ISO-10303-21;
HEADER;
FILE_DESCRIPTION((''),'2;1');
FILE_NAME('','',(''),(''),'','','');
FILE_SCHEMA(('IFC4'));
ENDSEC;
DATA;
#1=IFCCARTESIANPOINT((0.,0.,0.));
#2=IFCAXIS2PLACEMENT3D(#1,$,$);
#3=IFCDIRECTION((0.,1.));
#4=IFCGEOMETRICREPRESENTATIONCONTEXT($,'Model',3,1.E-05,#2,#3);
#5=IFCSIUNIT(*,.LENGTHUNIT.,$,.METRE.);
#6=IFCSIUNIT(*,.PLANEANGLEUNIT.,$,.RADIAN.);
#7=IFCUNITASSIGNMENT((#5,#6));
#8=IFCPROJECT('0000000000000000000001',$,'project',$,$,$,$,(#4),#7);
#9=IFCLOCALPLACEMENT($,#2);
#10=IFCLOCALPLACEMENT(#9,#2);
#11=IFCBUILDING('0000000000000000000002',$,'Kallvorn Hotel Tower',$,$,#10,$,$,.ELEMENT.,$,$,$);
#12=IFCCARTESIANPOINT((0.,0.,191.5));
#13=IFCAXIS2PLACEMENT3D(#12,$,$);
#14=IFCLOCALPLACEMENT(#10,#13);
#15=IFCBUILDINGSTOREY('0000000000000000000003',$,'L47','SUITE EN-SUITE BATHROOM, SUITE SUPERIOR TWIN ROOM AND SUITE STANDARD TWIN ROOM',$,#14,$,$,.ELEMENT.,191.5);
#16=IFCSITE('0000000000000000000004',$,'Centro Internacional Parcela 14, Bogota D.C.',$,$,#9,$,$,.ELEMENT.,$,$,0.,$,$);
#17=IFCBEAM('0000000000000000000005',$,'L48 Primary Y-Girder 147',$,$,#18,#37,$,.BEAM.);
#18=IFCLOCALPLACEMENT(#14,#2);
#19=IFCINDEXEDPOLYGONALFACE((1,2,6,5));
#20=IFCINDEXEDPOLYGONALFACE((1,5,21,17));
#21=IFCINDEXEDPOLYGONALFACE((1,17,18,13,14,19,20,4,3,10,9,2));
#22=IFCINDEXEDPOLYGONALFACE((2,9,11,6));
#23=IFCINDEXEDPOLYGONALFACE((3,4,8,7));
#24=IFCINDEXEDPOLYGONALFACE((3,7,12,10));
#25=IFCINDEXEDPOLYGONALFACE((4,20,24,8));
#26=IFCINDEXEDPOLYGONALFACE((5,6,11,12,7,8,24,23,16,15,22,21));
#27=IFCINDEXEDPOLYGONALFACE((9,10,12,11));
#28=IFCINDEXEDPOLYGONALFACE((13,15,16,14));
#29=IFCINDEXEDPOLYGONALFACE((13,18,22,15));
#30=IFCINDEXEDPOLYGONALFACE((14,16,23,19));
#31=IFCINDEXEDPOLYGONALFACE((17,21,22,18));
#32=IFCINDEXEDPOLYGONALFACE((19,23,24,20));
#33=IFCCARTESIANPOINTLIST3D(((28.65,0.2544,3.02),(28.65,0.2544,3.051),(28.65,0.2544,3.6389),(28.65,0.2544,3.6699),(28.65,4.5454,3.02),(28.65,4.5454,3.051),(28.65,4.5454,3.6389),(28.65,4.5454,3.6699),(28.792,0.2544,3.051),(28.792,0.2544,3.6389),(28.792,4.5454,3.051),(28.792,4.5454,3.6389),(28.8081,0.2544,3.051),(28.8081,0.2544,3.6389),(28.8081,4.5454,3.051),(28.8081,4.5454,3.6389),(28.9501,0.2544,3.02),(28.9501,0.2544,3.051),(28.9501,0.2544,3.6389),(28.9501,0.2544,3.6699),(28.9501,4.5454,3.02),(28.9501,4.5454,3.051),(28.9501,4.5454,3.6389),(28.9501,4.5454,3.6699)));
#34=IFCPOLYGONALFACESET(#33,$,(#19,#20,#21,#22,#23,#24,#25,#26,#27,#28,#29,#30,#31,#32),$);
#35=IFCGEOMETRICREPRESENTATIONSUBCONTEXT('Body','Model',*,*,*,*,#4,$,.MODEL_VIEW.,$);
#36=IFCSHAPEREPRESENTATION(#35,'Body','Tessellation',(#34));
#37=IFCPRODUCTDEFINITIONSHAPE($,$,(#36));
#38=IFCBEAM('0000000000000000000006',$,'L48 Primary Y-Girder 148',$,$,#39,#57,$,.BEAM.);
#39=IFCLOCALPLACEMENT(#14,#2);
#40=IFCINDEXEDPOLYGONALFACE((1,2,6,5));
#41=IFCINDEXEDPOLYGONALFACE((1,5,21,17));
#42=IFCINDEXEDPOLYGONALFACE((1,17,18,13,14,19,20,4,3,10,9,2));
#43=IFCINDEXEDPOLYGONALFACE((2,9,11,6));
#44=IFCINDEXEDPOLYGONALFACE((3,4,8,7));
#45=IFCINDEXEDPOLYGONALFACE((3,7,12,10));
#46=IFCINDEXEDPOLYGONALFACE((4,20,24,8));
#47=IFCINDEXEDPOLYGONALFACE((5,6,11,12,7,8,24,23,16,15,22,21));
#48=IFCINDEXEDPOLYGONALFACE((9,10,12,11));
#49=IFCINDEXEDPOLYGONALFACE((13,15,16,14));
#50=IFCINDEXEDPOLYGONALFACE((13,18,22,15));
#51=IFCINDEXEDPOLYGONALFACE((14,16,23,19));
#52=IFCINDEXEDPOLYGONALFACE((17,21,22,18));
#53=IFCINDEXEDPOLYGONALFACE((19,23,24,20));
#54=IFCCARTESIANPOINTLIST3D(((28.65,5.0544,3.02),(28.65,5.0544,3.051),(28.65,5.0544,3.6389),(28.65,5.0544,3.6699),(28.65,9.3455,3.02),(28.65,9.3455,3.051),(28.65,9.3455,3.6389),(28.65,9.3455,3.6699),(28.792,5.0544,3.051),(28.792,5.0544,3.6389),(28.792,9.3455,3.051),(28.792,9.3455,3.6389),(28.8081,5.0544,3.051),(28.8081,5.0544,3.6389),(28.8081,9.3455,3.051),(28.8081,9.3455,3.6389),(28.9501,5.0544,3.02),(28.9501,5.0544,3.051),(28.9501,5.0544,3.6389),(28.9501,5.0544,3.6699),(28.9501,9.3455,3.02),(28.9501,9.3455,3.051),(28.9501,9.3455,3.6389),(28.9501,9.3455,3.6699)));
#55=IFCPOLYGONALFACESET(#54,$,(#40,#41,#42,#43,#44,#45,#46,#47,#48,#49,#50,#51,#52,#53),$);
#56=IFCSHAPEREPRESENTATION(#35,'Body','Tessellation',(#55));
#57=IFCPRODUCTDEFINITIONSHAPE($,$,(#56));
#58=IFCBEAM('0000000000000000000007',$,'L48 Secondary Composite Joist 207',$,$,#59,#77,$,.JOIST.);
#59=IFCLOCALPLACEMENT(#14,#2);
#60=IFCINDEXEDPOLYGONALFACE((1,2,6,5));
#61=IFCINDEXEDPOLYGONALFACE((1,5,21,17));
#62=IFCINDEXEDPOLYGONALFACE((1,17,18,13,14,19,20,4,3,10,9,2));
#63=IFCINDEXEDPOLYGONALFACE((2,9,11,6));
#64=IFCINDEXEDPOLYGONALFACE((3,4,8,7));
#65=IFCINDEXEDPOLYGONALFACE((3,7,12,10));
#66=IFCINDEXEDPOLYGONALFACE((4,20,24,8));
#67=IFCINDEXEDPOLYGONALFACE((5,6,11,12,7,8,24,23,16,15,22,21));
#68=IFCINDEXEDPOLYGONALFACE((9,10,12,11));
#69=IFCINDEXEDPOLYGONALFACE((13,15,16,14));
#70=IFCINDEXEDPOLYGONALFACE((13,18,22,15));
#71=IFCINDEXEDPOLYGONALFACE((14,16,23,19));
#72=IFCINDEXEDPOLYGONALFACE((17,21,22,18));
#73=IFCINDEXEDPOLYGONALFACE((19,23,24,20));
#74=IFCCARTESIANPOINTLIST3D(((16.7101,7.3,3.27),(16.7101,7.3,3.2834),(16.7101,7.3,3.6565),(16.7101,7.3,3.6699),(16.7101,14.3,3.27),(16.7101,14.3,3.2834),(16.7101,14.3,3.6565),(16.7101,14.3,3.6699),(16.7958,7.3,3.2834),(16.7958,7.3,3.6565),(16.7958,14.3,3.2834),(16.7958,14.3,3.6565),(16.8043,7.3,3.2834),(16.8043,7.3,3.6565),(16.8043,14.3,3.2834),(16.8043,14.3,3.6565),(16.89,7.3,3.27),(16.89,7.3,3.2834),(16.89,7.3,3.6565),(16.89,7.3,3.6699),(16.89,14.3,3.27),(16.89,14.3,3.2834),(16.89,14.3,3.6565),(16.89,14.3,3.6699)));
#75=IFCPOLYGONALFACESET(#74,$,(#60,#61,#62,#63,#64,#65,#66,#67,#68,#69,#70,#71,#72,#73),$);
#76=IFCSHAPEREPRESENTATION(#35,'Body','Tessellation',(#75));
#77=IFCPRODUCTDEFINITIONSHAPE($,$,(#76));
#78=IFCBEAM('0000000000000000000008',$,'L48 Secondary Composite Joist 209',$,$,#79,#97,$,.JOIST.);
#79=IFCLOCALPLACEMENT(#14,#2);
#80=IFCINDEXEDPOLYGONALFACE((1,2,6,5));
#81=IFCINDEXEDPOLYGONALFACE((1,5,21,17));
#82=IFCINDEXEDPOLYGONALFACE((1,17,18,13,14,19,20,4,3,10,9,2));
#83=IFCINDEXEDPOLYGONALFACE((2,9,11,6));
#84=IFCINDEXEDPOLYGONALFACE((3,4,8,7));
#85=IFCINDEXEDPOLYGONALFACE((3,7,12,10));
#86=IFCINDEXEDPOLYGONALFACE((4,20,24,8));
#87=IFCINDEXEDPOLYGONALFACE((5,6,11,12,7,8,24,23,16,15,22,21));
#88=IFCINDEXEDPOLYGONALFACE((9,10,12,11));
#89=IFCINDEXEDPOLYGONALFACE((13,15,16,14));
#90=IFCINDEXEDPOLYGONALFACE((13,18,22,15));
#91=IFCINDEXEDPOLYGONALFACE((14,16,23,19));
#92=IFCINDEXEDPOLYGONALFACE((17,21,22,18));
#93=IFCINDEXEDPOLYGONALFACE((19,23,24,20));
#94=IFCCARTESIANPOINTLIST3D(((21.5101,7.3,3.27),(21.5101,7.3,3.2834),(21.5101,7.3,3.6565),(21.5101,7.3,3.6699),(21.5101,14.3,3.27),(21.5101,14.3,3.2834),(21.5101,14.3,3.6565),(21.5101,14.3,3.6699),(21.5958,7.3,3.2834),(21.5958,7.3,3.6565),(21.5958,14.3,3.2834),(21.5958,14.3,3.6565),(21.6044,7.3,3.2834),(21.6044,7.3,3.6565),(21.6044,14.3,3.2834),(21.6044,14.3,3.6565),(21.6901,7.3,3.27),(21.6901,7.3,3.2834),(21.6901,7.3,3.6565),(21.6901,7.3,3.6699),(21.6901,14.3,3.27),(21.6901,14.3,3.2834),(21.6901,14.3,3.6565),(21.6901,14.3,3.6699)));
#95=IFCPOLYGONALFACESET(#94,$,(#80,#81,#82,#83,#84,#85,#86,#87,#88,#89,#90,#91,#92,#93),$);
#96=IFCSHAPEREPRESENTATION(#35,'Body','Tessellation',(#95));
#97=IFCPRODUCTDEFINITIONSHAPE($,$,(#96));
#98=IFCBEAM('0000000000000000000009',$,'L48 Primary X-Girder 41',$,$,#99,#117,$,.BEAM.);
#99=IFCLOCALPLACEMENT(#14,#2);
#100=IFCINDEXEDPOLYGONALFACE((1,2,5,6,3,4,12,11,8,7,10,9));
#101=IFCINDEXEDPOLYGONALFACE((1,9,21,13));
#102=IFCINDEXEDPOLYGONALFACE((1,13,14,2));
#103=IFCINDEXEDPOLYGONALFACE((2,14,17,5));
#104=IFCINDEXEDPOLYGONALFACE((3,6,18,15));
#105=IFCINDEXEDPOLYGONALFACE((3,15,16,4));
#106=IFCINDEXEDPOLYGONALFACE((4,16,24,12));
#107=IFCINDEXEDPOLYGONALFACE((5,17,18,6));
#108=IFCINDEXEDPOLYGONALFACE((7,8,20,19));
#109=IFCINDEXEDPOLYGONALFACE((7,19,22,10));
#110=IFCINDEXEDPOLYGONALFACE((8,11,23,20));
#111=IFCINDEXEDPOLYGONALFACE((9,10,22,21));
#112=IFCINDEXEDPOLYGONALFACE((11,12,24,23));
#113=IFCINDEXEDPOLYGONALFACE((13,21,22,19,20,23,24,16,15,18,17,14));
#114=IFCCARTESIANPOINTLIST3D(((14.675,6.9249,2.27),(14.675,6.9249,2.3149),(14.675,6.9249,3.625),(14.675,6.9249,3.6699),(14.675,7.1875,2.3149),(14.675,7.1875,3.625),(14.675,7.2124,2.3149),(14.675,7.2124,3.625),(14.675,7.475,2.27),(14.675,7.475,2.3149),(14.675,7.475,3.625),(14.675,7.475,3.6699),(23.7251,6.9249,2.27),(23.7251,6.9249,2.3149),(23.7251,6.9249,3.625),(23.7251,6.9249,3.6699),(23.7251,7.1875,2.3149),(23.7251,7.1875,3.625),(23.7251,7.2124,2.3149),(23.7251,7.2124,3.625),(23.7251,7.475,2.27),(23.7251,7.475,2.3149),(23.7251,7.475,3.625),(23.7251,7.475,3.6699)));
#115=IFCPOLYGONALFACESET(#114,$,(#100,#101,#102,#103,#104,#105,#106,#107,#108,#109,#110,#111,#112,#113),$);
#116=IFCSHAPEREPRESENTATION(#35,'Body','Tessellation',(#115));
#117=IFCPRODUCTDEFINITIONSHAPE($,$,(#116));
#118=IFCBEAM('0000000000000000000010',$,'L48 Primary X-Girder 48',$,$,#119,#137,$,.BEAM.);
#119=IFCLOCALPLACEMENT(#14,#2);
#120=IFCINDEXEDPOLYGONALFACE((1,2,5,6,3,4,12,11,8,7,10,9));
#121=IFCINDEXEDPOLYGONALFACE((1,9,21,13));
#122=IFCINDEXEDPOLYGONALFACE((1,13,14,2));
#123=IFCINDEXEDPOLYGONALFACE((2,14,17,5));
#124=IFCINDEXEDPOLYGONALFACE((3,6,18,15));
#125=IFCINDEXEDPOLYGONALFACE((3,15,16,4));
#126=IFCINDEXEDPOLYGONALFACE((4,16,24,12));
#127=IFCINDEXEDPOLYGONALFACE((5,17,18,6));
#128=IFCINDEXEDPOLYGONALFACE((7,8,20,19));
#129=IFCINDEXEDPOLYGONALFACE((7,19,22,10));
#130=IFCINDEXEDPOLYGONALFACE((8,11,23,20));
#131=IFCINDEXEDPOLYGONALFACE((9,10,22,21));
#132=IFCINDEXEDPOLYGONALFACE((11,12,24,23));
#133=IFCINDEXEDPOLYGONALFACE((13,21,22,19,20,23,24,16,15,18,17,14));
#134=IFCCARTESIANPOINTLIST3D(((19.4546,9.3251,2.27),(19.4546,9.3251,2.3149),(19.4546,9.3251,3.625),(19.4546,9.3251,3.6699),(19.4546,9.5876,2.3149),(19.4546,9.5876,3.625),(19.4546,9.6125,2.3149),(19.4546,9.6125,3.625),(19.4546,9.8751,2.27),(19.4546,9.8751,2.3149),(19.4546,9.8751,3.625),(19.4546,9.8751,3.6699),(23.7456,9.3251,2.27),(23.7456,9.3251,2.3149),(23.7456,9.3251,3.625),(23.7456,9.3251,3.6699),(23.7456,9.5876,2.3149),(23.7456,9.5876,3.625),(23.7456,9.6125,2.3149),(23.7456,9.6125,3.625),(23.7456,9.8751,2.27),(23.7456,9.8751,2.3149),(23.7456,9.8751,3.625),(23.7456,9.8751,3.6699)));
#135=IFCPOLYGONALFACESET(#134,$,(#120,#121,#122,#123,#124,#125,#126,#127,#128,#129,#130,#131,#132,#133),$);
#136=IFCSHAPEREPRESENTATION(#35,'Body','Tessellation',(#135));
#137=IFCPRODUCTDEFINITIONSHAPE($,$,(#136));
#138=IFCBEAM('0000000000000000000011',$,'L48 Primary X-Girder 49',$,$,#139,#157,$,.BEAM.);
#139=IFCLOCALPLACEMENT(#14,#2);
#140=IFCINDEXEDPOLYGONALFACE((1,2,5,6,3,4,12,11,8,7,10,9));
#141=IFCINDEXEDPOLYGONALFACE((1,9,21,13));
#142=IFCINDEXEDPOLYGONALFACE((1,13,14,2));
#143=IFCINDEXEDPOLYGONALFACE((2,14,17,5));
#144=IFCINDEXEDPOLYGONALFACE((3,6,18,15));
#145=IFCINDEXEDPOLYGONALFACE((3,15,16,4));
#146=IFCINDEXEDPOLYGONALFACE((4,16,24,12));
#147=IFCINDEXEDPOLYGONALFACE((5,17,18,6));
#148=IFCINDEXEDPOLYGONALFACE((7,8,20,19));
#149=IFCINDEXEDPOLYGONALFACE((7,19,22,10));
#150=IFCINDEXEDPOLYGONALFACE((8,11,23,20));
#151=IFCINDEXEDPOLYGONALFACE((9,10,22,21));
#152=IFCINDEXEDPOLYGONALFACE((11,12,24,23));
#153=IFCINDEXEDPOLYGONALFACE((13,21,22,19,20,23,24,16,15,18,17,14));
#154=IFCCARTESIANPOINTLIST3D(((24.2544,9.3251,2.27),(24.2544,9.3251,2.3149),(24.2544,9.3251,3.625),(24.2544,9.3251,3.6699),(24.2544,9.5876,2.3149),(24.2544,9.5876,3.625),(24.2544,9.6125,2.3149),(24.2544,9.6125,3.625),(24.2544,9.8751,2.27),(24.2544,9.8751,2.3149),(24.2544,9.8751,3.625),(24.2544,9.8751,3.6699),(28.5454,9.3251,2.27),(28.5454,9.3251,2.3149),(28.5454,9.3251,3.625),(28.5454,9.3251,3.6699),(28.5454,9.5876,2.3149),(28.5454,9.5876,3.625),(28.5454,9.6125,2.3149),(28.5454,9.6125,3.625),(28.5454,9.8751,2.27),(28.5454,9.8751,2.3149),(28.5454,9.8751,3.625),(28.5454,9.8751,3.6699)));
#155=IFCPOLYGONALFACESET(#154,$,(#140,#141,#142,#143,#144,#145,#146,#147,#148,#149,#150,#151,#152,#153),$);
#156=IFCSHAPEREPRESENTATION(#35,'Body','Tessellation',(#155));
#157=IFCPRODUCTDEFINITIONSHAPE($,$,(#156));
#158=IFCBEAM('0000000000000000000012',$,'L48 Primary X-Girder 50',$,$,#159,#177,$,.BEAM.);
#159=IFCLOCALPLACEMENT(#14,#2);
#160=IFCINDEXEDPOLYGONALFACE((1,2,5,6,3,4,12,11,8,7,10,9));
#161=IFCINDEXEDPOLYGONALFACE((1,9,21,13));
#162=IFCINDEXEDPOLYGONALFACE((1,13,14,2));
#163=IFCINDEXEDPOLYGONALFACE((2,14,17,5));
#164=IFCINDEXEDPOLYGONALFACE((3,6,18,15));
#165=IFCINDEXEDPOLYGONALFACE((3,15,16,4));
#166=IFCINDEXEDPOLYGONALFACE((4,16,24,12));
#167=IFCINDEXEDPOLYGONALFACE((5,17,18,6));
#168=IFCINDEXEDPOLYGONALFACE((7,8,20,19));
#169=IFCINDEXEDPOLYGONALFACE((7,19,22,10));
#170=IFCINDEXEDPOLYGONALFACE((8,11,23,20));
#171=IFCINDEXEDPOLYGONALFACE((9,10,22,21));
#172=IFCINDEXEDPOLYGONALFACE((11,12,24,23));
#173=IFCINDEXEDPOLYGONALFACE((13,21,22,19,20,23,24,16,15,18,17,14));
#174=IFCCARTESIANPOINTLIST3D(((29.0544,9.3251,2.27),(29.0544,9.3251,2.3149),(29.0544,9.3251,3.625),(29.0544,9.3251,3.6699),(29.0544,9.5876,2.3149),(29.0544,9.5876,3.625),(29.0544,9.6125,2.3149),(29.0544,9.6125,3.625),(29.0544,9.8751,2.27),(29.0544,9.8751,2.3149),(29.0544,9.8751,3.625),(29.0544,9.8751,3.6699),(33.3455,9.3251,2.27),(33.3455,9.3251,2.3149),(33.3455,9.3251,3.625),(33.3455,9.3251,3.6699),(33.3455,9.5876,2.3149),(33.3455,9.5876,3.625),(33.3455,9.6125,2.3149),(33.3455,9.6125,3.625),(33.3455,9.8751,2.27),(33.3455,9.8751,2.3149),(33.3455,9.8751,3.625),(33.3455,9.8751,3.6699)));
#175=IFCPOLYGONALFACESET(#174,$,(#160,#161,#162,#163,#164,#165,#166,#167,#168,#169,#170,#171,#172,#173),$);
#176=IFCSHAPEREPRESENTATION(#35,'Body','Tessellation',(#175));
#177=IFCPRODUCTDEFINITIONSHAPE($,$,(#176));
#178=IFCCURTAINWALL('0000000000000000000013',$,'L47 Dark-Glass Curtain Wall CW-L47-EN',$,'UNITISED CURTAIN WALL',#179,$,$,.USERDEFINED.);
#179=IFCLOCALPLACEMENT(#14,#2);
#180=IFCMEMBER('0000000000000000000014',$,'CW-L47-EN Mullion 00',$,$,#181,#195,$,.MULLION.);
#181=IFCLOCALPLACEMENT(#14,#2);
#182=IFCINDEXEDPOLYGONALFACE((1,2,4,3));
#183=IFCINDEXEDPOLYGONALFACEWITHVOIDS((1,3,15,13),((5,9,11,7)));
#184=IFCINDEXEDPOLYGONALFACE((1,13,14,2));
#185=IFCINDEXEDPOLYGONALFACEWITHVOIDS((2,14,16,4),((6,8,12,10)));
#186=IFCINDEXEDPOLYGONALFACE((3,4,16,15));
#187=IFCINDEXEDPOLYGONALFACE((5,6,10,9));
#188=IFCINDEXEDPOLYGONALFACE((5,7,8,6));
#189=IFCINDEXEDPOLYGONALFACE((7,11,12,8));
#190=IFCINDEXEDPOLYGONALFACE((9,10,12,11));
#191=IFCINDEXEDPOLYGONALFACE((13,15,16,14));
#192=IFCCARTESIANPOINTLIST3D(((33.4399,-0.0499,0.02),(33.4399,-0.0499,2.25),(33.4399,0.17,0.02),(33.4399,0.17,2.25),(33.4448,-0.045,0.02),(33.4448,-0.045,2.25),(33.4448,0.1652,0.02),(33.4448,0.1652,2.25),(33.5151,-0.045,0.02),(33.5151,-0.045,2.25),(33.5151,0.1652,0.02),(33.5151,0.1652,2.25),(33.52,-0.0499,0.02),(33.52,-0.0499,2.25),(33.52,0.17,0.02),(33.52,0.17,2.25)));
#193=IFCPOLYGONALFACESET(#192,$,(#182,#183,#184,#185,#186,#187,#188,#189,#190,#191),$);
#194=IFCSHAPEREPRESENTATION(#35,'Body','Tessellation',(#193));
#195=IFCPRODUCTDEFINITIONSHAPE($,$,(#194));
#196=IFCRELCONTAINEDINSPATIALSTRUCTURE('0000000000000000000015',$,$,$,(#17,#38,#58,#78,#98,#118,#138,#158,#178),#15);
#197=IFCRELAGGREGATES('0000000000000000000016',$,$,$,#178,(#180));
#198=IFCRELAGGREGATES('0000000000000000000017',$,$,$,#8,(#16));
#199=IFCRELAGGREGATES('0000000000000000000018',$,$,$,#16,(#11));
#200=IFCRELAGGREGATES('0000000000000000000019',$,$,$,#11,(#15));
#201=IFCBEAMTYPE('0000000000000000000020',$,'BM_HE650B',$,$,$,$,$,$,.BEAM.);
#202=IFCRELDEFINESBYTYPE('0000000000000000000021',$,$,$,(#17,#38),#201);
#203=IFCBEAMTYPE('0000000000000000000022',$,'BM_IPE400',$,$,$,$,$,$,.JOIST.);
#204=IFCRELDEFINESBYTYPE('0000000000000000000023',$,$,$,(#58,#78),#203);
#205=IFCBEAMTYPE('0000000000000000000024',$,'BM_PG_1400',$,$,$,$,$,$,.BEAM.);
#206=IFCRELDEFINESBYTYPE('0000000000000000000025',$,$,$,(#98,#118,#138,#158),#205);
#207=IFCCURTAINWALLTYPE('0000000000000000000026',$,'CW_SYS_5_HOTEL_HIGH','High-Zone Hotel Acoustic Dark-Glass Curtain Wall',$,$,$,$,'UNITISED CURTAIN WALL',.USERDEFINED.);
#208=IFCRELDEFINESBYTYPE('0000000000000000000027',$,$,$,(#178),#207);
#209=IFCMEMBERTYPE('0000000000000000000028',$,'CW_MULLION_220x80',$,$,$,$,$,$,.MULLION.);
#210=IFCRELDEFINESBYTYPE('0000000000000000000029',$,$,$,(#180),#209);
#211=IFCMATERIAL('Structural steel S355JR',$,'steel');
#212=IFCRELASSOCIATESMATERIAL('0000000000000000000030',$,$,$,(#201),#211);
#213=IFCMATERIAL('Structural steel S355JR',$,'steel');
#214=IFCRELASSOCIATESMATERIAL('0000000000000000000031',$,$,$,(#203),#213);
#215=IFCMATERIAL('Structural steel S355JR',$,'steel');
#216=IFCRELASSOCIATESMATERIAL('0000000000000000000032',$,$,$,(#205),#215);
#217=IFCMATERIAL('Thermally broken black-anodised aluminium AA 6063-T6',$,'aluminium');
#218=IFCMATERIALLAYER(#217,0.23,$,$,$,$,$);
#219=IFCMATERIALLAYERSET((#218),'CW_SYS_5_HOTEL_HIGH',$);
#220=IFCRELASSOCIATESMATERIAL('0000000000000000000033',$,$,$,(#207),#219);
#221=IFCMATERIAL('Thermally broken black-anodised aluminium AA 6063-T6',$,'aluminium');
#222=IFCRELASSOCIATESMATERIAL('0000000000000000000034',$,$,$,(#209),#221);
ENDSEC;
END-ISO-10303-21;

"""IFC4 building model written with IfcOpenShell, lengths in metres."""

from ifc_helpers import new_model, si_unit, direction, frame, origin, origin_2d, place, context, subcontext, project, spatial, hollow_rectangle, i_section, extrude, material, layer, layer_set, material_profile, profile_set, type_object, element, aggregate, save


model = new_model("IFC4")

# Units and contexts
model_context = context("Model", 3, precision=1e-05, world=origin(), true_north=direction((0.0, 1.0)))
body_context = subcontext(model_context, "Body", "Model", "MODEL_VIEW")
ifc_project = project(units=[si_unit("LENGTHUNIT", "METRE"), si_unit("PLANEANGLEUNIT", "RADIAN")], contexts=[model_context])

# Site, building, storey
site_placement = place(None, origin())
site = spatial("IfcSite", under=ifc_project, at=site_placement, Name="Centro Internacional Parcela 14, Bogota D.C.", CompositionType="ELEMENT", RefElevation=0.0)
building_placement = place(site_placement, origin())
building = spatial("IfcBuilding", under=site, at=building_placement, Name="Kallvorn Hotel Tower", CompositionType="ELEMENT")
storey_placement = place(building_placement, frame((0.0, 0.0, 191.5)))
storey = spatial("IfcBuildingStorey", under=building, at=storey_placement, Name="L47", Description="SUITE EN-SUITE BATHROOM, SUITE SUPERIOR TWIN ROOM AND SUITE STANDARD TWIN ROOM", CompositionType="ELEMENT", Elevation=191.5)

# Beams
ifc_material_1 = material(Name="Structural steel S355JR", Category="steel")
ifc_material_profile_1 = material_profile(ifc_material_1, i_section(OverallWidth=0.3, OverallDepth=0.6499, WebThickness=0.0161, FlangeThickness=0.031, at=origin_2d()), Name="HE 650 B")
ifc_profile_set_1 = profile_set([ifc_material_profile_1], Name="Structural steel S355JR")
beam_type_1 = type_object("IfcBeamType", Name="BM_HE650B", PredefinedType="BEAM", material=ifc_profile_set_1)
for number, where, z_axis, x_axis, name in (
    (1, (28.8, 0.2544, 3.345), (0.0, 1.0, 0.0), (-1.0, 0.0, 0.0), "L48 Primary Y-Girder 147"),
    (2, (28.8, 5.0544, 3.345), (0.0, 1.0, 0.0), (-1.0, 0.0, 0.0), "L48 Primary Y-Girder 148"),
):
    element("IfcBeam", number, at=place(storey_placement, frame(where, z_axis=z_axis, x_axis=x_axis)), inside=storey, type_object=beam_type_1, Name=name, PredefinedType="BEAM", context=body_context, shape_type="SweptSolid", body=[
        extrude(i_section(OverallWidth=0.3, OverallDepth=0.6499, WebThickness=0.0161, FlangeThickness=0.031, at=origin_2d()), origin(), (0.0, 0.0, 1.0), 4.291),
    ])
ifc_material_2 = material(Name="Structural steel S355JR", Category="steel")
ifc_material_profile_2 = material_profile(ifc_material_2, i_section(OverallWidth=0.1799, OverallDepth=0.3999, WebThickness=0.0085, FlangeThickness=0.0134, at=origin_2d()), Name="IPE 400")
ifc_profile_set_2 = profile_set([ifc_material_profile_2], Name="Structural steel S355JR")
beam_type_2 = type_object("IfcBeamType", Name="BM_IPE400", PredefinedType="JOIST", material=ifc_profile_set_2)
for number, where, z_axis, x_axis, name in (
    (3, (16.8, 7.3, 3.47), (0.0, 1.0, 0.0), (-1.0, 0.0, 0.0), "L48 Secondary Composite Joist 207"),
    (4, (21.6001, 7.3, 3.47), (0.0, 1.0, 0.0), (-1.0, 0.0, 0.0), "L48 Secondary Composite Joist 209"),
):
    element("IfcBeam", number, at=place(storey_placement, frame(where, z_axis=z_axis, x_axis=x_axis)), inside=storey, type_object=beam_type_2, Name=name, PredefinedType="JOIST", context=body_context, shape_type="SweptSolid", body=[
        extrude(i_section(OverallWidth=0.1799, OverallDepth=0.3999, WebThickness=0.0085, FlangeThickness=0.0134, at=origin_2d()), origin(), (0.0, 0.0, 1.0), 7.0),
    ])
ifc_material_3 = material(Name="Structural steel S355JR", Category="steel")
ifc_material_profile_3 = material_profile(ifc_material_3, i_section(OverallWidth=0.55, OverallDepth=1.3999, WebThickness=0.0249, FlangeThickness=0.0449, at=origin_2d()), Name="PG 1400x550x25x45")
ifc_profile_set_3 = profile_set([ifc_material_profile_3], Name="Structural steel S355JR")
beam_type_3 = type_object("IfcBeamType", Name="BM_PG_1400", PredefinedType="BEAM", material=ifc_profile_set_3)
beam_1_placement = place(storey_placement, frame((14.675, 7.2, 2.97), z_axis=(1.0, 0.0, 0.0), x_axis=(0.0, 1.0, 0.0)))
element("IfcBeam", 5, at=beam_1_placement, inside=storey, type_object=beam_type_3, Name="L48 Primary X-Girder 41", PredefinedType="BEAM", context=body_context, shape_type="SweptSolid", body=[
    extrude(i_section(OverallWidth=0.55, OverallDepth=1.3999, WebThickness=0.0249, FlangeThickness=0.0449, at=origin_2d()), origin(), (0.0, 0.0, 1.0), 9.05),
])
for number, where, z_axis, x_axis, name in (
    (6, (19.4546, 9.6001, 2.97), (1.0, 0.0, 0.0), (0.0, 1.0, 0.0), "L48 Primary X-Girder 48"),
    (7, (24.2544, 9.6001, 2.97), (1.0, 0.0, 0.0), (0.0, 1.0, 0.0), "L48 Primary X-Girder 49"),
    (8, (29.0544, 9.6001, 2.97), (1.0, 0.0, 0.0), (0.0, 1.0, 0.0), "L48 Primary X-Girder 50"),
):
    element("IfcBeam", number, at=place(storey_placement, frame(where, z_axis=z_axis, x_axis=x_axis)), inside=storey, type_object=beam_type_3, Name=name, PredefinedType="BEAM", context=body_context, shape_type="SweptSolid", body=[
        extrude(i_section(OverallWidth=0.55, OverallDepth=1.3999, WebThickness=0.0249, FlangeThickness=0.0449, at=origin_2d()), origin(), (0.0, 0.0, 1.0), 4.291),
    ])

# Curtain wall, member
ifc_material_4 = material(Name="Thermally broken black-anodised aluminium AA 6063-T6", Category="aluminium")
ifc_layer_1 = layer(ifc_material_4, 0.23)
ifc_layer_set_1 = layer_set([ifc_layer_1], Name="CW_SYS_5_HOTEL_HIGH")
curtain_wall_type = type_object("IfcCurtainWallType", Name="CW_SYS_5_HOTEL_HIGH", Description="High-Zone Hotel Acoustic Dark-Glass Curtain Wall", ElementType="UNITISED CURTAIN WALL", PredefinedType="USERDEFINED", material=ifc_layer_set_1)
curtain_wall_placement = place(storey_placement, origin())
curtain_wall = element("IfcCurtainWall", 9, at=curtain_wall_placement, inside=storey, type_object=curtain_wall_type, Name="L47 Dark-Glass Curtain Wall CW-L47-EN", ObjectType="UNITISED CURTAIN WALL", PredefinedType="USERDEFINED")
ifc_material_5 = material(Name="Thermally broken black-anodised aluminium AA 6063-T6", Category="aluminium")
ifc_material_profile_4 = material_profile(ifc_material_5, hollow_rectangle(XDim=0.0801, YDim=0.22, WallThickness=0.0049, at=origin_2d()), Name="MUL 220x80")
ifc_profile_set_4 = profile_set([ifc_material_profile_4], Name="Thermally broken black-anodised aluminium AA 6063-T6")
member_type_1 = type_object("IfcMemberType", Name="CW_MULLION_220x80", PredefinedType="MULLION", material=ifc_profile_set_4)
member_1_placement = place(storey_placement, frame((33.48, 0.0601, 0.02), z_axis=(0.0, 0.0, 1.0), x_axis=(1.0, 0.0, 0.0)))
member_1 = element("IfcMember", 10, at=member_1_placement, type_object=member_type_1, Name="CW-L47-EN Mullion 00", PredefinedType="MULLION", context=body_context, shape_type="SweptSolid", body=[
    extrude(hollow_rectangle(XDim=0.0801, YDim=0.22, WallThickness=0.0049, at=origin_2d()), origin(), (0.0, 0.0, 1.0), 2.23),
])
aggregate(curtain_wall, [member_1])

save(model, "model.ifc")
